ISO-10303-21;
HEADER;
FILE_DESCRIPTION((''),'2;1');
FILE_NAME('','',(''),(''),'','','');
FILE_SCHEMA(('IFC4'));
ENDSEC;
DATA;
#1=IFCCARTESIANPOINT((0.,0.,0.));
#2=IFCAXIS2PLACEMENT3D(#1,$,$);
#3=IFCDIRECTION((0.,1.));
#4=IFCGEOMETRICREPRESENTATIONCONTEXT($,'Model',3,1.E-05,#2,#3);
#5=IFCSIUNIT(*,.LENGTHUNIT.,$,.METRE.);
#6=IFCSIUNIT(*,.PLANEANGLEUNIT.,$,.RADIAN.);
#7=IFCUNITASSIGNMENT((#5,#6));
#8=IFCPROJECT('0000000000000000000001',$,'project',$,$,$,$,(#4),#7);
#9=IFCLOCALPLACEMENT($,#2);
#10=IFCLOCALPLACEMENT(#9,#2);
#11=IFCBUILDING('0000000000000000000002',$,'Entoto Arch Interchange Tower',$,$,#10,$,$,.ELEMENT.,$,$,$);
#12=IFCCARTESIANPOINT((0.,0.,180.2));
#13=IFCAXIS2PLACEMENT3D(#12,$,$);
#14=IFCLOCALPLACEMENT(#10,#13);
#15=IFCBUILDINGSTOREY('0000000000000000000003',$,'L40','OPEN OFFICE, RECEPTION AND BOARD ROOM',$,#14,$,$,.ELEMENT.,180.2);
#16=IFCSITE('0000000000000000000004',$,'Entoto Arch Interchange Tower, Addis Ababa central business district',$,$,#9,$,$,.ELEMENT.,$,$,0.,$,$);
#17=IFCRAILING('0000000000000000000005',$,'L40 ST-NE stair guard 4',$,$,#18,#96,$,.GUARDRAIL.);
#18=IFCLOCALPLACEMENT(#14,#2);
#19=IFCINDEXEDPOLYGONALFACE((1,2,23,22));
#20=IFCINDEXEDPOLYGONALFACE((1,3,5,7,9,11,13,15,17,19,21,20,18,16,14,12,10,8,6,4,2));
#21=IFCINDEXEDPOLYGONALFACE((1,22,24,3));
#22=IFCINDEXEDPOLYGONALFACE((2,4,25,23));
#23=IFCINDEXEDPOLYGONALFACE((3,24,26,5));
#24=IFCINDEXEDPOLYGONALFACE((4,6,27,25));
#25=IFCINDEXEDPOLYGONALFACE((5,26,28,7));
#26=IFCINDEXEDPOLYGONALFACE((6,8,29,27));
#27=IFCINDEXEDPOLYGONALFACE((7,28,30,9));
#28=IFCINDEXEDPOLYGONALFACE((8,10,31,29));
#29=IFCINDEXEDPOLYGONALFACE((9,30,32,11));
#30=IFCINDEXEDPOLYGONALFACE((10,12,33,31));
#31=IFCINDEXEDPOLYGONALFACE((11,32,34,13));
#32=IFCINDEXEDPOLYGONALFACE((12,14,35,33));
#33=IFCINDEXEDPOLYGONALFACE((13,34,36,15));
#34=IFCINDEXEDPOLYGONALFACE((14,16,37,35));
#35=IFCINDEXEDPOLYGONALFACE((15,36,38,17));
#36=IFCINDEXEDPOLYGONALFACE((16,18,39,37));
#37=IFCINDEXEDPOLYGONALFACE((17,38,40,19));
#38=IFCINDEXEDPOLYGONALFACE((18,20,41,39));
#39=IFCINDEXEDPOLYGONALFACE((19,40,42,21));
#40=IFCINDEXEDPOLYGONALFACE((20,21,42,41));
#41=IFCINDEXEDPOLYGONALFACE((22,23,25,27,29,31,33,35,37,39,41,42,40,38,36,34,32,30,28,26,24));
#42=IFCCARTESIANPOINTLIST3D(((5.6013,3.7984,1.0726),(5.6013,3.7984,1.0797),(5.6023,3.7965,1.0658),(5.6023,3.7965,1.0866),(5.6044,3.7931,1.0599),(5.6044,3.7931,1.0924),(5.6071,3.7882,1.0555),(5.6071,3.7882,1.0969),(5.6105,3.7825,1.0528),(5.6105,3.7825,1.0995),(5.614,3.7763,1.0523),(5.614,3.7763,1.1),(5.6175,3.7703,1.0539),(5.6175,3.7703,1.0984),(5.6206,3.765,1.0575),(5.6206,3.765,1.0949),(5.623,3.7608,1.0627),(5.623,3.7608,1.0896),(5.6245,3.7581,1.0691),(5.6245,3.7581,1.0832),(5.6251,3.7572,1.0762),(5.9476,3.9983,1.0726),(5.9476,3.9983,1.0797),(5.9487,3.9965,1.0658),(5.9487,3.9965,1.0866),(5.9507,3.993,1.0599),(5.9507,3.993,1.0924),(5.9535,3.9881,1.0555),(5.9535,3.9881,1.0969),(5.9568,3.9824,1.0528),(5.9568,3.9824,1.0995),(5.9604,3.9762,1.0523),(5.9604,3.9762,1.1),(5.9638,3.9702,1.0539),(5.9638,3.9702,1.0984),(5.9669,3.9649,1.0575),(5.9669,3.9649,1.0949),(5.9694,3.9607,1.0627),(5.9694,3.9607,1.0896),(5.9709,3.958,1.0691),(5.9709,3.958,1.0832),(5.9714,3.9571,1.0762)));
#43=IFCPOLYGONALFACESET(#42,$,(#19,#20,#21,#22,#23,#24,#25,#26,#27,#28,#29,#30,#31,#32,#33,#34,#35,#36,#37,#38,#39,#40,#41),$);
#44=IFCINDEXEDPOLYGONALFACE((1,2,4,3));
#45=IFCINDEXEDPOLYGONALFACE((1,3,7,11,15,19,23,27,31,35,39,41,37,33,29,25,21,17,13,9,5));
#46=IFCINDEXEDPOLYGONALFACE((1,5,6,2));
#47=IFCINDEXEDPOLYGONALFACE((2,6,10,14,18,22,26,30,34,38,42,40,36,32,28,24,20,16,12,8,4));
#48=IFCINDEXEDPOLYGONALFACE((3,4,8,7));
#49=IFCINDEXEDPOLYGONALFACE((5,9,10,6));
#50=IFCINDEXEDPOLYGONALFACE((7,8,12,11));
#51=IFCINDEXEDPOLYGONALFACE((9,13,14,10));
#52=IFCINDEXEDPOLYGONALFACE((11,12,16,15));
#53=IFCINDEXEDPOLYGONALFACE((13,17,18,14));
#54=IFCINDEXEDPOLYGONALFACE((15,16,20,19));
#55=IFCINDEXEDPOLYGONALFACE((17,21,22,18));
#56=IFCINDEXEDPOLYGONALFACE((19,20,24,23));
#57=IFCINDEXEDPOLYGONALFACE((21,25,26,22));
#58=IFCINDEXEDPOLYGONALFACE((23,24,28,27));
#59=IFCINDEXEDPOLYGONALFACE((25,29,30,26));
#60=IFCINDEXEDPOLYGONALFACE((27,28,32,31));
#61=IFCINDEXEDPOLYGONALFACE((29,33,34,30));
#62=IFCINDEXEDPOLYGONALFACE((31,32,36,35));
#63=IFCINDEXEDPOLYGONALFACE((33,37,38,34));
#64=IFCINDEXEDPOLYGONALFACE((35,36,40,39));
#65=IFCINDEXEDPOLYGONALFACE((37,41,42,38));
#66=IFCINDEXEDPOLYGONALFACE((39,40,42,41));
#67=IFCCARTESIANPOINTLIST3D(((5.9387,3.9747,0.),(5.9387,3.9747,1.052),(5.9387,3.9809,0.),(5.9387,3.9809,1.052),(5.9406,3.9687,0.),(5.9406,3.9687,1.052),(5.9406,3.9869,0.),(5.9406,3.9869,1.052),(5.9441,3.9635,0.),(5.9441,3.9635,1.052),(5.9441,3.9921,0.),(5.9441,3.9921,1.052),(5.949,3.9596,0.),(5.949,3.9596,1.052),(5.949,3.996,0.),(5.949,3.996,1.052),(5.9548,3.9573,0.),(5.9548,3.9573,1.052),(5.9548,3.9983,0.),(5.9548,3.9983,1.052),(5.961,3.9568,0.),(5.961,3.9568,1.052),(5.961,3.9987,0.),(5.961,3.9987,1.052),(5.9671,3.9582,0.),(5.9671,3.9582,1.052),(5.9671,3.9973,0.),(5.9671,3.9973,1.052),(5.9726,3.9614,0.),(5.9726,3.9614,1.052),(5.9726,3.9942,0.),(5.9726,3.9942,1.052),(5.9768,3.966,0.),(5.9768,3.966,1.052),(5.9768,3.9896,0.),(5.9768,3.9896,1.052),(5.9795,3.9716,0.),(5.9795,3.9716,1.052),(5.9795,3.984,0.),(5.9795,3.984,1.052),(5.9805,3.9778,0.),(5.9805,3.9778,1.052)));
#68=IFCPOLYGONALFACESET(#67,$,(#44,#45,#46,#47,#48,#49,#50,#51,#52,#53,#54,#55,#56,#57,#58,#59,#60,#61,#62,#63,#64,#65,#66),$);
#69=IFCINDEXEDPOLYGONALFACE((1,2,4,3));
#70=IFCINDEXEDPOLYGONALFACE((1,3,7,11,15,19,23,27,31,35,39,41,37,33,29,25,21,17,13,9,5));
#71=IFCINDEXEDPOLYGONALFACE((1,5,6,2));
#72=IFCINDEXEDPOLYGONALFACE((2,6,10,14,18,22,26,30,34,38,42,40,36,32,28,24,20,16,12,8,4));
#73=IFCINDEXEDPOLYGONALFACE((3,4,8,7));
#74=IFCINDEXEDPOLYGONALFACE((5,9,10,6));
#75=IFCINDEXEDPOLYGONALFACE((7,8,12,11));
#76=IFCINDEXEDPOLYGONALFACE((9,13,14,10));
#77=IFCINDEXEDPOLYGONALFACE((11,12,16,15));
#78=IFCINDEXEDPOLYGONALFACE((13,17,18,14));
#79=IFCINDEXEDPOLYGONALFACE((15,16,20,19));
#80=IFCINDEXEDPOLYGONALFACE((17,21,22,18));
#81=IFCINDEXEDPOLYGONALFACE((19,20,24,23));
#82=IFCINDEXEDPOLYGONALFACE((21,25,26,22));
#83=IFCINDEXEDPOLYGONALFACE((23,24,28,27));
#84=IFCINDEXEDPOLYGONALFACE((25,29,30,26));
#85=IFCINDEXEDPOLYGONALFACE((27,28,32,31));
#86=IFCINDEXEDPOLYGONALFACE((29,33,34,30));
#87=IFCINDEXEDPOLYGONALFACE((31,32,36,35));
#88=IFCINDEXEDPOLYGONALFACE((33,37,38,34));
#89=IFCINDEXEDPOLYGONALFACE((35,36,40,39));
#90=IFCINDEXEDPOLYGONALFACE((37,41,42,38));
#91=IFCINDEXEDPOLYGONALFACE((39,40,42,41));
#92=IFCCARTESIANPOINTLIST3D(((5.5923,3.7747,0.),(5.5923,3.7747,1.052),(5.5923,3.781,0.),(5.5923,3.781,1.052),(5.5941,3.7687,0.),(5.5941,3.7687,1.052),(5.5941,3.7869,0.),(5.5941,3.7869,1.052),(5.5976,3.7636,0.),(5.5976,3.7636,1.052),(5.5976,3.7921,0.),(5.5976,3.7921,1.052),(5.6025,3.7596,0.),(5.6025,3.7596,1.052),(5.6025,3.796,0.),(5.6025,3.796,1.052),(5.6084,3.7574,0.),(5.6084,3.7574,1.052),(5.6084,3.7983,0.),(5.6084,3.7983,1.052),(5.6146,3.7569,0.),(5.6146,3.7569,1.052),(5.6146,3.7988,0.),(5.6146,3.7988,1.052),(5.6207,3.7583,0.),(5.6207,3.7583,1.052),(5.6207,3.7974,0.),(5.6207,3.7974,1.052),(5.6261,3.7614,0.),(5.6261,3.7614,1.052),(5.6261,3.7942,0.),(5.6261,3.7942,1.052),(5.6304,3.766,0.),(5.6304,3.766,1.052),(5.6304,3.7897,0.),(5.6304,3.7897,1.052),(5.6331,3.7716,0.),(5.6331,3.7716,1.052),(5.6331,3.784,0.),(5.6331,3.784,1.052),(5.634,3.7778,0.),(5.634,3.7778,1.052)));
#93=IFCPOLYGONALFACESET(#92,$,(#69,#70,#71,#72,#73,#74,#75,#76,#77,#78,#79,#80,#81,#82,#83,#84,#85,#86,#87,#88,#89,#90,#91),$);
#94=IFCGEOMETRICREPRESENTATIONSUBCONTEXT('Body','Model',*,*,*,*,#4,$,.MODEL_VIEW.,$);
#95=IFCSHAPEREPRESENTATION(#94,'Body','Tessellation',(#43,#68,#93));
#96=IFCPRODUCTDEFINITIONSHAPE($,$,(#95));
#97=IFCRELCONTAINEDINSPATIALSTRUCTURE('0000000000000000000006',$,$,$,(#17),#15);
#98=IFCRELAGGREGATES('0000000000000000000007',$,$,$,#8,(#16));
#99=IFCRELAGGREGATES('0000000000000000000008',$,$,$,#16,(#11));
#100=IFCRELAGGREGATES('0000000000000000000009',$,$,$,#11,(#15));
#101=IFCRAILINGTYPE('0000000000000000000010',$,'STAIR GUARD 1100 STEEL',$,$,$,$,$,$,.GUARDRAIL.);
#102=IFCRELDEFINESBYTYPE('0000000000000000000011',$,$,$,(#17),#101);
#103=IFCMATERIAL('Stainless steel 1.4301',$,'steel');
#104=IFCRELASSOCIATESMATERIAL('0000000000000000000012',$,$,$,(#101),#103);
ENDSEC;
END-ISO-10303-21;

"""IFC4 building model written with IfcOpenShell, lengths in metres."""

from ifc_helpers import new_model, si_unit, direction, frame, origin, origin_2d, place, context, subcontext, project, spatial, circle, extrude, material, type_object, element, save


model = new_model("IFC4")

# Units and contexts
model_context = context("Model", 3, precision=1e-05, world=origin(), true_north=direction((0.0, 1.0)))
body_context = subcontext(model_context, "Body", "Model", "MODEL_VIEW")
ifc_project = project(units=[si_unit("LENGTHUNIT", "METRE"), si_unit("PLANEANGLEUNIT", "RADIAN")], contexts=[model_context])

# Site, building, storey
site_placement = place(None, origin())
site = spatial("IfcSite", under=ifc_project, at=site_placement, Name="Entoto Arch Interchange Tower, Addis Ababa central business district", CompositionType="ELEMENT", RefElevation=0.0)
building_placement = place(site_placement, origin())
building = spatial("IfcBuilding", under=site, at=building_placement, Name="Entoto Arch Interchange Tower", CompositionType="ELEMENT")
storey_placement = place(building_placement, frame((0.0, 0.0, 180.2)))
storey = spatial("IfcBuildingStorey", under=building, at=storey_placement, Name="L40", Description="OPEN OFFICE, RECEPTION AND BOARD ROOM", CompositionType="ELEMENT", Elevation=180.2)

# Railing
ifc_material_1 = material(Name="Stainless steel 1.4301", Category="steel")
railing_type_1 = type_object("IfcRailingType", Name="STAIR GUARD 1100 STEEL", PredefinedType="GUARDRAIL", material=ifc_material_1)
railing_1_placement = place(storey_placement, frame((5.9595, 3.9778, 0.0)))
element("IfcRailing", 1, at=railing_1_placement, inside=storey, type_object=railing_type_1, Name="L40 ST-NE stair guard 4", PredefinedType="GUARDRAIL", context=body_context, shape_type="SweptSolid", body=[
    extrude(circle(Radius=0.0239, at=origin_2d()), frame((0.0, 0.0, 1.0762), z_axis=(-0.866094, -0.499881, 0.0), x_axis=(0.499881, -0.866094, 0.0)), (0.0, 0.0, 1.0), 0.3999),
    extrude(circle(Radius=0.021, at=origin_2d()), origin(), (0.0, 0.0, 1.0), 1.052),
    extrude(circle(Radius=0.021, at=origin_2d()), frame((-0.3464, -0.2, 0.0)), (0.0, 0.0, 1.0), 1.052),
])

save(model, "model.ifc")
